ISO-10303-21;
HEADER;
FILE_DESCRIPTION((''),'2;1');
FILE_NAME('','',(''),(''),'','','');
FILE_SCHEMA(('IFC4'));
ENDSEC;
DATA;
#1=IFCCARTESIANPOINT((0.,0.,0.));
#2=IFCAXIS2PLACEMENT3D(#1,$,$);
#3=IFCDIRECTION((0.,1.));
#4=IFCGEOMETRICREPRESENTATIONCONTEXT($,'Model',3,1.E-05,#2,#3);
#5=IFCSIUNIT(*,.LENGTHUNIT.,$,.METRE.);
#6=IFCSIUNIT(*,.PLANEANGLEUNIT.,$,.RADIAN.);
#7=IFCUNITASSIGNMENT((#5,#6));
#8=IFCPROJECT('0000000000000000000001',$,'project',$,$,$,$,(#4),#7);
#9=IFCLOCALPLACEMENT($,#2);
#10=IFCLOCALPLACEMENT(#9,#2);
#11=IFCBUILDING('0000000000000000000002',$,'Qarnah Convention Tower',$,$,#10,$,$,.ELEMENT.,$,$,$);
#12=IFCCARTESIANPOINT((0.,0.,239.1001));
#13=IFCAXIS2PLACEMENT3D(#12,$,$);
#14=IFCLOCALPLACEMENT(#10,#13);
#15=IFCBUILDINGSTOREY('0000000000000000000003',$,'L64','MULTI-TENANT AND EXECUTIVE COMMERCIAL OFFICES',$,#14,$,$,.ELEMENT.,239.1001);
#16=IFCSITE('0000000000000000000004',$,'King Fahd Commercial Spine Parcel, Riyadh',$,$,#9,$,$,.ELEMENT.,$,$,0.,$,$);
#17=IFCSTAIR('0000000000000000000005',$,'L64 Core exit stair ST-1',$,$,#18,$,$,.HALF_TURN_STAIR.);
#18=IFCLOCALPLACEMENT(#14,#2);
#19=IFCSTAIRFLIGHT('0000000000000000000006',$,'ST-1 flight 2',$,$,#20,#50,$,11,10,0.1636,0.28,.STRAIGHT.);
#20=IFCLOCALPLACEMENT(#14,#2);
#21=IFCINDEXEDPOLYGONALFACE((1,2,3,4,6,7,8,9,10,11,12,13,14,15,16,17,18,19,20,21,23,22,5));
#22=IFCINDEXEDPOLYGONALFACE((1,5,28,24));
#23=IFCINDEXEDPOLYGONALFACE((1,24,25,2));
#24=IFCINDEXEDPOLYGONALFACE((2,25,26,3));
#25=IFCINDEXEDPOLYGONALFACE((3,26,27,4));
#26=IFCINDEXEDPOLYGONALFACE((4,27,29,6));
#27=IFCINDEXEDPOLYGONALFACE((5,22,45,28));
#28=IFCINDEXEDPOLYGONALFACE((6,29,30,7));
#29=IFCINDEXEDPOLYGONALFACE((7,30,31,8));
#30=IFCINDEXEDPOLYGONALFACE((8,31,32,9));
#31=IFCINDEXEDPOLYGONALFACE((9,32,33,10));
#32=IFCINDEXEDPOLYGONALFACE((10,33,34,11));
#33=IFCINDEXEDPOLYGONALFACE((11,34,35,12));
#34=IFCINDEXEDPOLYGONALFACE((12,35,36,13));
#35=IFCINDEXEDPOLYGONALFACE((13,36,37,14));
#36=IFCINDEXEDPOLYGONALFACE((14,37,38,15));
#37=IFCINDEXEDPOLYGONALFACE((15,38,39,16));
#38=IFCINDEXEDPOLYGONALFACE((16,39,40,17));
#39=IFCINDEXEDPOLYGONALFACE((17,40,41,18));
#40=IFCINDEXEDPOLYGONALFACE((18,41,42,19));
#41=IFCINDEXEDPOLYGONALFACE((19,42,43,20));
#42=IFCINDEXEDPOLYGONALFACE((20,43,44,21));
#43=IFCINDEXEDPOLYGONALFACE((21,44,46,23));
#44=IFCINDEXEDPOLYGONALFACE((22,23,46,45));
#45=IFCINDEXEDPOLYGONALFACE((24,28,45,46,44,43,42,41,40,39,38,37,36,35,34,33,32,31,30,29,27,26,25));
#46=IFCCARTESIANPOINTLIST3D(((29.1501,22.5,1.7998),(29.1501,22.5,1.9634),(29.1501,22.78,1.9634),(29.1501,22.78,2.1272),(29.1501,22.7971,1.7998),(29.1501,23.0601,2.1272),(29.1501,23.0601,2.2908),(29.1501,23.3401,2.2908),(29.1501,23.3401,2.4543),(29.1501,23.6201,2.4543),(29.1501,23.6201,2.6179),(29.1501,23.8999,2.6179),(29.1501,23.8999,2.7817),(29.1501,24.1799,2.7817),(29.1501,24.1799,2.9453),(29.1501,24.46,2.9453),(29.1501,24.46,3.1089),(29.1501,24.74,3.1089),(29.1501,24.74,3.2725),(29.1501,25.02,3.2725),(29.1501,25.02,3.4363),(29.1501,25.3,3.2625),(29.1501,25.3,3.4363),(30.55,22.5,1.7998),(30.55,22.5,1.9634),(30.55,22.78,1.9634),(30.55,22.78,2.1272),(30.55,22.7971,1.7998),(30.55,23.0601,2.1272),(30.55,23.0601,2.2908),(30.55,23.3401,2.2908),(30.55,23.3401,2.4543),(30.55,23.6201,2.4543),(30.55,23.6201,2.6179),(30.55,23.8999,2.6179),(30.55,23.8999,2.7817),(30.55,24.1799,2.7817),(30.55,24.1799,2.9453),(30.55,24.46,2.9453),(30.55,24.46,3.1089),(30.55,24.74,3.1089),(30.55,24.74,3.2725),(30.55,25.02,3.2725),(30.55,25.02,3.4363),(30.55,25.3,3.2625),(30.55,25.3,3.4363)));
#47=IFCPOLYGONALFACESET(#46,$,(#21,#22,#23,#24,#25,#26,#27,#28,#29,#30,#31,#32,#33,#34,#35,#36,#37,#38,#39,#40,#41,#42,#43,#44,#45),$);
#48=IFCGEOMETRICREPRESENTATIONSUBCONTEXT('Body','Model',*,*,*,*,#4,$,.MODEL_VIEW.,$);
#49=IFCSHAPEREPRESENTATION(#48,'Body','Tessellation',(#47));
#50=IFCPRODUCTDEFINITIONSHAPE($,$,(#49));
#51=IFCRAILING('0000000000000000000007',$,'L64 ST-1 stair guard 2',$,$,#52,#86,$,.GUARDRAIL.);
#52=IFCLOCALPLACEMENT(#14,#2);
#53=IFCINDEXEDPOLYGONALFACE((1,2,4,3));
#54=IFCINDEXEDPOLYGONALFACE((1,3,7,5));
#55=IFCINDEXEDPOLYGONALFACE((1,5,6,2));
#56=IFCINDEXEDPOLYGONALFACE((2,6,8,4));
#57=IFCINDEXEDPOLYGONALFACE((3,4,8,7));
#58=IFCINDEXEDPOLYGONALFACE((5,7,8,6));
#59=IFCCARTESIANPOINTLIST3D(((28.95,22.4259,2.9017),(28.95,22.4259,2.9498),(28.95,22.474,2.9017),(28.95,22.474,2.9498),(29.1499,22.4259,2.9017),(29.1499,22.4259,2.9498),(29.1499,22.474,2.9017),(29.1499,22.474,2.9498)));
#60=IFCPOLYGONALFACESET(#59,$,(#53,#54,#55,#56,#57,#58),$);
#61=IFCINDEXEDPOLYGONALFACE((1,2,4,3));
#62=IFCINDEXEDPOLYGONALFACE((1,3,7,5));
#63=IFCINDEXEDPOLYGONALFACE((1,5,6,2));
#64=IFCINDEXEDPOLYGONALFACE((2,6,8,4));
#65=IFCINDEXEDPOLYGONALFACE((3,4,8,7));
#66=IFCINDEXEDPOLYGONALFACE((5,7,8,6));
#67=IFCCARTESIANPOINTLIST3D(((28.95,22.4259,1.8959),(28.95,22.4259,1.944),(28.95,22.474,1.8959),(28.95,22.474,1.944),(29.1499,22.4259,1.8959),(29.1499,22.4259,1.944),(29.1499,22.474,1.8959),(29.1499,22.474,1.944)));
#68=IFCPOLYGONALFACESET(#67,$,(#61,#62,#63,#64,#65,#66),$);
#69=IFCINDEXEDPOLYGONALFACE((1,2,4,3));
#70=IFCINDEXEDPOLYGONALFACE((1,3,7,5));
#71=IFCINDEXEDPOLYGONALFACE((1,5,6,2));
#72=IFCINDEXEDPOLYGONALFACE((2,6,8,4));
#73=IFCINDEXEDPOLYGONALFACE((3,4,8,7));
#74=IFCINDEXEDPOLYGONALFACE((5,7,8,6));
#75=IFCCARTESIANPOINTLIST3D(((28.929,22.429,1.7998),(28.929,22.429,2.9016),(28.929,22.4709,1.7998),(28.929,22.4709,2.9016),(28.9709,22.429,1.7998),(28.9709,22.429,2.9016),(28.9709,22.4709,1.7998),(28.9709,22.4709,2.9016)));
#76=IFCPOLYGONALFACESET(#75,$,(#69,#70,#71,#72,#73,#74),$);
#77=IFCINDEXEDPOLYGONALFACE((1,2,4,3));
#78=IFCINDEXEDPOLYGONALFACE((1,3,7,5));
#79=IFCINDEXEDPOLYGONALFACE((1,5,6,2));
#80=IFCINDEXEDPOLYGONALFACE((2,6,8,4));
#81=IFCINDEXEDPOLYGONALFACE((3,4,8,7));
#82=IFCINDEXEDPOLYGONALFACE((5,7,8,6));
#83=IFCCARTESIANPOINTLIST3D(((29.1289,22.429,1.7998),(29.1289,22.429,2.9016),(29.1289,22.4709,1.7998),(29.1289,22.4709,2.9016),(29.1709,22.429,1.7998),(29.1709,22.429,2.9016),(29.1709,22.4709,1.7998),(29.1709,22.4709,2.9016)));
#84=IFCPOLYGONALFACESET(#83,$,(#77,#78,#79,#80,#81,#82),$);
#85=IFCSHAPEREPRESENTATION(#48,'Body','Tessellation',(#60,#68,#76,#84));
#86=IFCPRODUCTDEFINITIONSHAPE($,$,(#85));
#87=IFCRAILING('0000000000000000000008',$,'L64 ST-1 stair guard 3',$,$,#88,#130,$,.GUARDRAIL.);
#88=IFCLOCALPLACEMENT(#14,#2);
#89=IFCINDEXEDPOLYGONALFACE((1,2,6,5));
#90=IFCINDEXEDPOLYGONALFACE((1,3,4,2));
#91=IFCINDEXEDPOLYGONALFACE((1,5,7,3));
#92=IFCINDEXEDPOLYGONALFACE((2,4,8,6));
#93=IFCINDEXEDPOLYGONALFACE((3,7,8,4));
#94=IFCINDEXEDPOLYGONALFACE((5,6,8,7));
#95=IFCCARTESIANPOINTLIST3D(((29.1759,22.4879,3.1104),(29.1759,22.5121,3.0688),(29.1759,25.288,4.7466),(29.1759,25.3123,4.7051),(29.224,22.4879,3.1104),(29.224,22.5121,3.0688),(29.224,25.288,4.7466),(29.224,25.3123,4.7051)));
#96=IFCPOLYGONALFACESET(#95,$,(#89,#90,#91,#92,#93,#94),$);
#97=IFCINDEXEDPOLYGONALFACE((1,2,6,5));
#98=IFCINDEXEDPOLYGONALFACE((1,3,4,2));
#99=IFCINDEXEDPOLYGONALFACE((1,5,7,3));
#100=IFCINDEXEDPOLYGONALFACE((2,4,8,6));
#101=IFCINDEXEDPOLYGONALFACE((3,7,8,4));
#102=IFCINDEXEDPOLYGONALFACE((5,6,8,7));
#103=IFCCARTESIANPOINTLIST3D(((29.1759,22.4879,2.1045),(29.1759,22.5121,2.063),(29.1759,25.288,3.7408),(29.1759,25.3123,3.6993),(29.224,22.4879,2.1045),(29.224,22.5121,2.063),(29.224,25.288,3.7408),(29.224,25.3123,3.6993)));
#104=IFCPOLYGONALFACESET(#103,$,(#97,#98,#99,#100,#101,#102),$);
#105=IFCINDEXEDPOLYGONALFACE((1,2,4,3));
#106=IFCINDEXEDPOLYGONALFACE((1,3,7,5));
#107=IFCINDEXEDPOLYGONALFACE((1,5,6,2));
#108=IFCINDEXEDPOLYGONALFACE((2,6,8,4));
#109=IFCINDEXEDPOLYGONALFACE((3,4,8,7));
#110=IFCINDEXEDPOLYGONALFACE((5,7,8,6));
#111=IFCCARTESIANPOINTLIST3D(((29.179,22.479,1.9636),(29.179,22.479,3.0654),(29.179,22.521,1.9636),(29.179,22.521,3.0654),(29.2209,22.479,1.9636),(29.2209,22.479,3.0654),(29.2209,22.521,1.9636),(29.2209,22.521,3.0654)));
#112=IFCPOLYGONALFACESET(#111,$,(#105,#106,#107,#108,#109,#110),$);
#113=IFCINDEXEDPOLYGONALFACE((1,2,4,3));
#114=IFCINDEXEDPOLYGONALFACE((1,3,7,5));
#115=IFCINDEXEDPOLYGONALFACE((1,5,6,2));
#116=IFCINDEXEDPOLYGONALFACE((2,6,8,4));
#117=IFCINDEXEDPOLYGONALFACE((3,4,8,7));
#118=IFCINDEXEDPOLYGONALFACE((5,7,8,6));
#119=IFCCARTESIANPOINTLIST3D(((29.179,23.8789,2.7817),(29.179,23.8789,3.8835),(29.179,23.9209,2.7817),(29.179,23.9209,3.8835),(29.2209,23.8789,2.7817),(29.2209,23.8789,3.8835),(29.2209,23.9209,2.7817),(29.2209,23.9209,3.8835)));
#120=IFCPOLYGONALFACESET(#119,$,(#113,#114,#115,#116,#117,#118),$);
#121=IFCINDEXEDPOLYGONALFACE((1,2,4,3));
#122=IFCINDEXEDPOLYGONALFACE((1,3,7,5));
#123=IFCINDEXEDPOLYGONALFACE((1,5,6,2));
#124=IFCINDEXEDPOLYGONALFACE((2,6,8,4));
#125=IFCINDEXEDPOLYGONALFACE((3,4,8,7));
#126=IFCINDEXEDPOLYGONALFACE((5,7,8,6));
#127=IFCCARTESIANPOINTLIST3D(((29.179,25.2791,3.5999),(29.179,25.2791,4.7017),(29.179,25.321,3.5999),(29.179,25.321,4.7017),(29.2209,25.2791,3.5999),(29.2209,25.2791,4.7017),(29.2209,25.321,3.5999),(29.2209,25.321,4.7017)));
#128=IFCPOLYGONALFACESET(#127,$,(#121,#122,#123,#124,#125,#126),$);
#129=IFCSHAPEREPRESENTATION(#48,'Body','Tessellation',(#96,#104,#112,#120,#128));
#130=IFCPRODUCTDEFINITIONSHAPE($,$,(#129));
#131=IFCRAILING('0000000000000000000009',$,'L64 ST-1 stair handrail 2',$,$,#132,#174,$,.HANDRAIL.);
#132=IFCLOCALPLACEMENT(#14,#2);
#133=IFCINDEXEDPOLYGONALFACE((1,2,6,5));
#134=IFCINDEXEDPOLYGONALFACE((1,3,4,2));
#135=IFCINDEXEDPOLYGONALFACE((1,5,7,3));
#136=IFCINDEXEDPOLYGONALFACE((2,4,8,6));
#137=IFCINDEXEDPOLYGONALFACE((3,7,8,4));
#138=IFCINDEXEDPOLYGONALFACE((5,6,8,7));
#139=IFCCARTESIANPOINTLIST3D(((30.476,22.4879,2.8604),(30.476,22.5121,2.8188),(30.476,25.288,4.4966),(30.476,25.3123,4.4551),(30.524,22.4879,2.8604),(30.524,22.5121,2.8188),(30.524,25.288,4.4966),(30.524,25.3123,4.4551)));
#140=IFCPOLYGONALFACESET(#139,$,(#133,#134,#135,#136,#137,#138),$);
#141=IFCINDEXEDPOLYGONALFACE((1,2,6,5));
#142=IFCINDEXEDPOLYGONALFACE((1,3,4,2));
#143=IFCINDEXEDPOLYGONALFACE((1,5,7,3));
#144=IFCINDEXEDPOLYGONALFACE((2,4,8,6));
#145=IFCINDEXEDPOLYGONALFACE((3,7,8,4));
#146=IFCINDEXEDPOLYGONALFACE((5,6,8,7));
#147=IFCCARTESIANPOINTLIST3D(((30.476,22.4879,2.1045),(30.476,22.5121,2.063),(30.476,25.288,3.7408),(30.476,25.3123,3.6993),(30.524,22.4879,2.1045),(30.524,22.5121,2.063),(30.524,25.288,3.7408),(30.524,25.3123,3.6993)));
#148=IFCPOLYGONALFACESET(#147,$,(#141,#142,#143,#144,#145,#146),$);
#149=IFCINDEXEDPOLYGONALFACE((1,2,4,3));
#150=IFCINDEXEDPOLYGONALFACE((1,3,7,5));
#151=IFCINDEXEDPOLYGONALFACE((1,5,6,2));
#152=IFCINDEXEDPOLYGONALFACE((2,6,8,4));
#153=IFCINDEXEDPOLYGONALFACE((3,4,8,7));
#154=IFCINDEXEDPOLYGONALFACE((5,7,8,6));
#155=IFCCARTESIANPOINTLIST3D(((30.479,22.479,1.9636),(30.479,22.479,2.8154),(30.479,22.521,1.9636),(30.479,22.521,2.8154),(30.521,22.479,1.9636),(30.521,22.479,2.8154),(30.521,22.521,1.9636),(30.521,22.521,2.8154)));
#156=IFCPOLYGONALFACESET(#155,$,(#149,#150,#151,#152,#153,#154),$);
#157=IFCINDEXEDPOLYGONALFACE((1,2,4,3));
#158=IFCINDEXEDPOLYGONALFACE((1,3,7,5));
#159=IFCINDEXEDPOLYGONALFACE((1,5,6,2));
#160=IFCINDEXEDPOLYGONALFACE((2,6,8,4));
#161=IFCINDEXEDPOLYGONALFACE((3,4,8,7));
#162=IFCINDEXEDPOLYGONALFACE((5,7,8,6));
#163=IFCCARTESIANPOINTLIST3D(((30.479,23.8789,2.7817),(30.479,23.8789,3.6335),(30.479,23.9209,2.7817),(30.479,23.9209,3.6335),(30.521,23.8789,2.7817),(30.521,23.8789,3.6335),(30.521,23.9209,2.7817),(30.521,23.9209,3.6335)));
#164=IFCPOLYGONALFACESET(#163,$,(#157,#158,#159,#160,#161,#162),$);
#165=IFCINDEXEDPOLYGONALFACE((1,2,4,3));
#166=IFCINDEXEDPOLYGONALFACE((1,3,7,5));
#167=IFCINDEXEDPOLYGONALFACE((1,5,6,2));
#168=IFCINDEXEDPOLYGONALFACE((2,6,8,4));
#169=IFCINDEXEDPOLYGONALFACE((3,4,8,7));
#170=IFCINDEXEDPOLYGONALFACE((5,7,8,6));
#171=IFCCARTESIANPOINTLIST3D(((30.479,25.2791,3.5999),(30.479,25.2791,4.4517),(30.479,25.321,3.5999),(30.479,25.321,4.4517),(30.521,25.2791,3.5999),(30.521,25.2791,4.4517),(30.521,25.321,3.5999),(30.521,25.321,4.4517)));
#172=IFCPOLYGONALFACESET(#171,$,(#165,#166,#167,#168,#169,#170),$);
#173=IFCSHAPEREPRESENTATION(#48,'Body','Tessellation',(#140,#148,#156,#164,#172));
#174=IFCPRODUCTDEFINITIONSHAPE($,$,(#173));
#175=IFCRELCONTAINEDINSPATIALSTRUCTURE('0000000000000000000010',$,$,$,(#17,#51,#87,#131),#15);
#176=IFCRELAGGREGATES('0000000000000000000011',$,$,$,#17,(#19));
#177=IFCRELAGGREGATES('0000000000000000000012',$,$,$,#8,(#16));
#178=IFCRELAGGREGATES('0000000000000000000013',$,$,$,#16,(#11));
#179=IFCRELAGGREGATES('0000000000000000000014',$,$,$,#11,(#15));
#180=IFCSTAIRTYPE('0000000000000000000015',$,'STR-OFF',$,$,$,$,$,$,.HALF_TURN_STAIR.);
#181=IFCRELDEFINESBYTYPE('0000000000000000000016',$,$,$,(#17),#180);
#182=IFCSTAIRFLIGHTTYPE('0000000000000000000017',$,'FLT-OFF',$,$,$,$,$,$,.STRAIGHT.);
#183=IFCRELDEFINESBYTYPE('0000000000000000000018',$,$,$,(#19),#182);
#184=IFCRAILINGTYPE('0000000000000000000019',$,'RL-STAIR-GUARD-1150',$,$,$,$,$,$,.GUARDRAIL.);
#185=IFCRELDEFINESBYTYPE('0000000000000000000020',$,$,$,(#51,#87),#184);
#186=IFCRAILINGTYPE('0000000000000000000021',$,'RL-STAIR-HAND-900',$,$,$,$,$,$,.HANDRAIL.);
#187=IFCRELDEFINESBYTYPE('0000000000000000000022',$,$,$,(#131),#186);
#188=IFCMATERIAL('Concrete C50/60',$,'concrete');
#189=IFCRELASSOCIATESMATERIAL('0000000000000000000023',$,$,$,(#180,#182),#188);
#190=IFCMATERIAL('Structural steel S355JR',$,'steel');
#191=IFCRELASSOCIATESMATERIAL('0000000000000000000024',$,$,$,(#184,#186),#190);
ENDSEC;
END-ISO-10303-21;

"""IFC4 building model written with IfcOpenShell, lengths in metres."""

from ifc_helpers import new_model, si_unit, direction, frame, origin, origin_2d, place, context, subcontext, project, spatial, polyline, rectangle, outline, extrude, material, type_object, element, aggregate, save


model = new_model("IFC4")

# Units and contexts
model_context = context("Model", 3, precision=1e-05, world=origin(), true_north=direction((0.0, 1.0)))
body_context = subcontext(model_context, "Body", "Model", "MODEL_VIEW")
ifc_project = project(units=[si_unit("LENGTHUNIT", "METRE"), si_unit("PLANEANGLEUNIT", "RADIAN")], contexts=[model_context])

# Site, building, storey
site_placement = place(None, origin())
site = spatial("IfcSite", under=ifc_project, at=site_placement, Name="King Fahd Commercial Spine Parcel, Riyadh", CompositionType="ELEMENT", RefElevation=0.0)
building_placement = place(site_placement, origin())
building = spatial("IfcBuilding", under=site, at=building_placement, Name="Qarnah Convention Tower", CompositionType="ELEMENT")
storey_placement = place(building_placement, frame((0.0, 0.0, 239.1001)))
storey = spatial("IfcBuildingStorey", under=building, at=storey_placement, Name="L64", Description="MULTI-TENANT AND EXECUTIVE COMMERCIAL OFFICES", CompositionType="ELEMENT", Elevation=239.1001)

# Shared definitions
ifc_material_1 = material(Name="Structural steel S355JR", Category="steel")

# Stair, stair flight
ifc_material_2 = material(Name="Concrete C50/60", Category="concrete")
stair_type = type_object("IfcStairType", Name="STR-OFF", PredefinedType="HALF_TURN_STAIR", material=ifc_material_2)
stair_placement = place(storey_placement, origin())
stair = element("IfcStair", 1, at=stair_placement, inside=storey, type_object=stair_type, Name="L64 Core exit stair ST-1", PredefinedType="HALF_TURN_STAIR")
stair_flight_type = type_object("IfcStairFlightType", Name="FLT-OFF", PredefinedType="STRAIGHT", material=ifc_material_2)
stair_flight_placement = place(storey_placement, frame((29.8501, 22.5, 1.7998), z_axis=(0.0, 0.0, 1.0), x_axis=(0.0, 1.0, 0.0)))
stair_flight = element("IfcStairFlight", 2, at=stair_flight_placement, type_object=stair_flight_type, Name="ST-1 flight 2", NumberOfRisers=11, NumberOfTreads=10, PredefinedType="STRAIGHT", RiserHeight=0.1636, TreadLength=0.28, context=body_context, shape_type="SweptSolid", body=[
    extrude(outline(polyline([(0.0, 0.0), (0.0, 0.1636), (0.28, 0.1636), (0.28, 0.3274), (0.5601, 0.3274), (0.5601, 0.491), (0.8401, 0.491), (0.8401, 0.6545), (1.1201, 0.6545), (1.1201, 0.8181), (1.3999, 0.8181), (1.3999, 0.9819), (1.6799, 0.9819), (1.6799, 1.1455), (1.96, 1.1455), (1.96, 1.3091), (2.24, 1.3091), (2.24, 1.4727), (2.52, 1.4727), (2.52, 1.6365), (2.8, 1.6365), (2.8, 1.8), (2.8, 1.4626), (0.2971, 0.0), (0.0, 0.0)])), frame((0.0, 0.7, 0.0), z_axis=(0.0, -1.0, 0.0), x_axis=(1.0, 0.0, 0.0)), (0.0, 0.0, 1.0), 1.3999),
])
aggregate(stair, [stair_flight])

# Railings
railing_type_1 = type_object("IfcRailingType", Name="RL-STAIR-GUARD-1150", PredefinedType="GUARDRAIL", material=ifc_material_1)
railing_1_placement = place(storey_placement, frame((28.95, 22.45, 1.7998)))
element("IfcRailing", 3, at=railing_1_placement, inside=storey, type_object=railing_type_1, Name="L64 ST-1 stair guard 2", PredefinedType="GUARDRAIL", context=body_context, shape_type="SweptSolid", body=[
    extrude(rectangle(XDim=0.0481, YDim=0.0481, at=origin_2d()), frame((0.0, 0.0, 1.126), z_axis=(1.0, 0.0, 0.0), x_axis=(0.0, 1.0, 0.0)), (0.0, 0.0, 1.0), 0.2),
    extrude(rectangle(XDim=0.0481, YDim=0.0481, at=origin_2d()), frame((0.0, 0.0, 0.1201), z_axis=(1.0, 0.0, 0.0), x_axis=(0.0, 1.0, 0.0)), (0.0, 0.0, 1.0), 0.2),
    extrude(rectangle(XDim=0.042, YDim=0.042, at=origin_2d()), origin(), (0.0, 0.0, 1.0), 1.1018),
    extrude(rectangle(XDim=0.042, YDim=0.042, at=origin_2d()), frame((0.2, 0.0, 0.0)), (0.0, 0.0, 1.0), 1.1018),
])
railing_2_placement = place(storey_placement, frame((29.2, 22.5, 1.9636)))
element("IfcRailing", 4, at=railing_2_placement, inside=storey, type_object=railing_type_1, Name="L64 ST-1 stair guard 3", PredefinedType="GUARDRAIL", context=body_context, shape_type="SweptSolid", body=[
    extrude(rectangle(XDim=0.0481, YDim=0.0481, at=origin_2d()), frame((0.0, 0.0, 1.126), z_axis=(0.0, 0.863394, 0.504531), x_axis=(-1.0, 0.0, 0.0)), (0.0, 0.0, 1.0), 3.2432),
    extrude(rectangle(XDim=0.0481, YDim=0.0481, at=origin_2d()), frame((0.0, 0.0, 0.1201), z_axis=(0.0, 0.863394, 0.504531), x_axis=(-1.0, 0.0, 0.0)), (0.0, 0.0, 1.0), 3.2432),
    extrude(rectangle(XDim=0.042, YDim=0.042, at=origin_2d()), origin(), (0.0, 0.0, 1.0), 1.1018),
    extrude(rectangle(XDim=0.042, YDim=0.042, at=origin_2d()), frame((0.0, 1.3999, 0.8181)), (0.0, 0.0, 1.0), 1.1018),
    extrude(rectangle(XDim=0.042, YDim=0.042, at=origin_2d()), frame((0.0, 2.8, 1.6362)), (0.0, 0.0, 1.0), 1.1018),
])
railing_type_2 = type_object("IfcRailingType", Name="RL-STAIR-HAND-900", PredefinedType="HANDRAIL", material=ifc_material_1)
railing_3_placement = place(storey_placement, frame((30.5, 22.5, 1.9636)))
element("IfcRailing", 5, at=railing_3_placement, inside=storey, type_object=railing_type_2, Name="L64 ST-1 stair handrail 2", PredefinedType="HANDRAIL", context=body_context, shape_type="SweptSolid", body=[
    extrude(rectangle(XDim=0.0481, YDim=0.0481, at=origin_2d()), frame((0.0, 0.0, 0.876), z_axis=(0.0, 0.863394, 0.504531), x_axis=(-1.0, 0.0, 0.0)), (0.0, 0.0, 1.0), 3.2432),
    extrude(rectangle(XDim=0.0481, YDim=0.0481, at=origin_2d()), frame((0.0, 0.0, 0.1201), z_axis=(0.0, 0.863394, 0.504531), x_axis=(-1.0, 0.0, 0.0)), (0.0, 0.0, 1.0), 3.2432),
    extrude(rectangle(XDim=0.042, YDim=0.042, at=origin_2d()), origin(), (0.0, 0.0, 1.0), 0.8518),
    extrude(rectangle(XDim=0.042, YDim=0.042, at=origin_2d()), frame((0.0, 1.3999, 0.8181)), (0.0, 0.0, 1.0), 0.8518),
    extrude(rectangle(XDim=0.042, YDim=0.042, at=origin_2d()), frame((0.0, 2.8, 1.6362)), (0.0, 0.0, 1.0), 0.8518),
])

save(model, "model.ifc")
